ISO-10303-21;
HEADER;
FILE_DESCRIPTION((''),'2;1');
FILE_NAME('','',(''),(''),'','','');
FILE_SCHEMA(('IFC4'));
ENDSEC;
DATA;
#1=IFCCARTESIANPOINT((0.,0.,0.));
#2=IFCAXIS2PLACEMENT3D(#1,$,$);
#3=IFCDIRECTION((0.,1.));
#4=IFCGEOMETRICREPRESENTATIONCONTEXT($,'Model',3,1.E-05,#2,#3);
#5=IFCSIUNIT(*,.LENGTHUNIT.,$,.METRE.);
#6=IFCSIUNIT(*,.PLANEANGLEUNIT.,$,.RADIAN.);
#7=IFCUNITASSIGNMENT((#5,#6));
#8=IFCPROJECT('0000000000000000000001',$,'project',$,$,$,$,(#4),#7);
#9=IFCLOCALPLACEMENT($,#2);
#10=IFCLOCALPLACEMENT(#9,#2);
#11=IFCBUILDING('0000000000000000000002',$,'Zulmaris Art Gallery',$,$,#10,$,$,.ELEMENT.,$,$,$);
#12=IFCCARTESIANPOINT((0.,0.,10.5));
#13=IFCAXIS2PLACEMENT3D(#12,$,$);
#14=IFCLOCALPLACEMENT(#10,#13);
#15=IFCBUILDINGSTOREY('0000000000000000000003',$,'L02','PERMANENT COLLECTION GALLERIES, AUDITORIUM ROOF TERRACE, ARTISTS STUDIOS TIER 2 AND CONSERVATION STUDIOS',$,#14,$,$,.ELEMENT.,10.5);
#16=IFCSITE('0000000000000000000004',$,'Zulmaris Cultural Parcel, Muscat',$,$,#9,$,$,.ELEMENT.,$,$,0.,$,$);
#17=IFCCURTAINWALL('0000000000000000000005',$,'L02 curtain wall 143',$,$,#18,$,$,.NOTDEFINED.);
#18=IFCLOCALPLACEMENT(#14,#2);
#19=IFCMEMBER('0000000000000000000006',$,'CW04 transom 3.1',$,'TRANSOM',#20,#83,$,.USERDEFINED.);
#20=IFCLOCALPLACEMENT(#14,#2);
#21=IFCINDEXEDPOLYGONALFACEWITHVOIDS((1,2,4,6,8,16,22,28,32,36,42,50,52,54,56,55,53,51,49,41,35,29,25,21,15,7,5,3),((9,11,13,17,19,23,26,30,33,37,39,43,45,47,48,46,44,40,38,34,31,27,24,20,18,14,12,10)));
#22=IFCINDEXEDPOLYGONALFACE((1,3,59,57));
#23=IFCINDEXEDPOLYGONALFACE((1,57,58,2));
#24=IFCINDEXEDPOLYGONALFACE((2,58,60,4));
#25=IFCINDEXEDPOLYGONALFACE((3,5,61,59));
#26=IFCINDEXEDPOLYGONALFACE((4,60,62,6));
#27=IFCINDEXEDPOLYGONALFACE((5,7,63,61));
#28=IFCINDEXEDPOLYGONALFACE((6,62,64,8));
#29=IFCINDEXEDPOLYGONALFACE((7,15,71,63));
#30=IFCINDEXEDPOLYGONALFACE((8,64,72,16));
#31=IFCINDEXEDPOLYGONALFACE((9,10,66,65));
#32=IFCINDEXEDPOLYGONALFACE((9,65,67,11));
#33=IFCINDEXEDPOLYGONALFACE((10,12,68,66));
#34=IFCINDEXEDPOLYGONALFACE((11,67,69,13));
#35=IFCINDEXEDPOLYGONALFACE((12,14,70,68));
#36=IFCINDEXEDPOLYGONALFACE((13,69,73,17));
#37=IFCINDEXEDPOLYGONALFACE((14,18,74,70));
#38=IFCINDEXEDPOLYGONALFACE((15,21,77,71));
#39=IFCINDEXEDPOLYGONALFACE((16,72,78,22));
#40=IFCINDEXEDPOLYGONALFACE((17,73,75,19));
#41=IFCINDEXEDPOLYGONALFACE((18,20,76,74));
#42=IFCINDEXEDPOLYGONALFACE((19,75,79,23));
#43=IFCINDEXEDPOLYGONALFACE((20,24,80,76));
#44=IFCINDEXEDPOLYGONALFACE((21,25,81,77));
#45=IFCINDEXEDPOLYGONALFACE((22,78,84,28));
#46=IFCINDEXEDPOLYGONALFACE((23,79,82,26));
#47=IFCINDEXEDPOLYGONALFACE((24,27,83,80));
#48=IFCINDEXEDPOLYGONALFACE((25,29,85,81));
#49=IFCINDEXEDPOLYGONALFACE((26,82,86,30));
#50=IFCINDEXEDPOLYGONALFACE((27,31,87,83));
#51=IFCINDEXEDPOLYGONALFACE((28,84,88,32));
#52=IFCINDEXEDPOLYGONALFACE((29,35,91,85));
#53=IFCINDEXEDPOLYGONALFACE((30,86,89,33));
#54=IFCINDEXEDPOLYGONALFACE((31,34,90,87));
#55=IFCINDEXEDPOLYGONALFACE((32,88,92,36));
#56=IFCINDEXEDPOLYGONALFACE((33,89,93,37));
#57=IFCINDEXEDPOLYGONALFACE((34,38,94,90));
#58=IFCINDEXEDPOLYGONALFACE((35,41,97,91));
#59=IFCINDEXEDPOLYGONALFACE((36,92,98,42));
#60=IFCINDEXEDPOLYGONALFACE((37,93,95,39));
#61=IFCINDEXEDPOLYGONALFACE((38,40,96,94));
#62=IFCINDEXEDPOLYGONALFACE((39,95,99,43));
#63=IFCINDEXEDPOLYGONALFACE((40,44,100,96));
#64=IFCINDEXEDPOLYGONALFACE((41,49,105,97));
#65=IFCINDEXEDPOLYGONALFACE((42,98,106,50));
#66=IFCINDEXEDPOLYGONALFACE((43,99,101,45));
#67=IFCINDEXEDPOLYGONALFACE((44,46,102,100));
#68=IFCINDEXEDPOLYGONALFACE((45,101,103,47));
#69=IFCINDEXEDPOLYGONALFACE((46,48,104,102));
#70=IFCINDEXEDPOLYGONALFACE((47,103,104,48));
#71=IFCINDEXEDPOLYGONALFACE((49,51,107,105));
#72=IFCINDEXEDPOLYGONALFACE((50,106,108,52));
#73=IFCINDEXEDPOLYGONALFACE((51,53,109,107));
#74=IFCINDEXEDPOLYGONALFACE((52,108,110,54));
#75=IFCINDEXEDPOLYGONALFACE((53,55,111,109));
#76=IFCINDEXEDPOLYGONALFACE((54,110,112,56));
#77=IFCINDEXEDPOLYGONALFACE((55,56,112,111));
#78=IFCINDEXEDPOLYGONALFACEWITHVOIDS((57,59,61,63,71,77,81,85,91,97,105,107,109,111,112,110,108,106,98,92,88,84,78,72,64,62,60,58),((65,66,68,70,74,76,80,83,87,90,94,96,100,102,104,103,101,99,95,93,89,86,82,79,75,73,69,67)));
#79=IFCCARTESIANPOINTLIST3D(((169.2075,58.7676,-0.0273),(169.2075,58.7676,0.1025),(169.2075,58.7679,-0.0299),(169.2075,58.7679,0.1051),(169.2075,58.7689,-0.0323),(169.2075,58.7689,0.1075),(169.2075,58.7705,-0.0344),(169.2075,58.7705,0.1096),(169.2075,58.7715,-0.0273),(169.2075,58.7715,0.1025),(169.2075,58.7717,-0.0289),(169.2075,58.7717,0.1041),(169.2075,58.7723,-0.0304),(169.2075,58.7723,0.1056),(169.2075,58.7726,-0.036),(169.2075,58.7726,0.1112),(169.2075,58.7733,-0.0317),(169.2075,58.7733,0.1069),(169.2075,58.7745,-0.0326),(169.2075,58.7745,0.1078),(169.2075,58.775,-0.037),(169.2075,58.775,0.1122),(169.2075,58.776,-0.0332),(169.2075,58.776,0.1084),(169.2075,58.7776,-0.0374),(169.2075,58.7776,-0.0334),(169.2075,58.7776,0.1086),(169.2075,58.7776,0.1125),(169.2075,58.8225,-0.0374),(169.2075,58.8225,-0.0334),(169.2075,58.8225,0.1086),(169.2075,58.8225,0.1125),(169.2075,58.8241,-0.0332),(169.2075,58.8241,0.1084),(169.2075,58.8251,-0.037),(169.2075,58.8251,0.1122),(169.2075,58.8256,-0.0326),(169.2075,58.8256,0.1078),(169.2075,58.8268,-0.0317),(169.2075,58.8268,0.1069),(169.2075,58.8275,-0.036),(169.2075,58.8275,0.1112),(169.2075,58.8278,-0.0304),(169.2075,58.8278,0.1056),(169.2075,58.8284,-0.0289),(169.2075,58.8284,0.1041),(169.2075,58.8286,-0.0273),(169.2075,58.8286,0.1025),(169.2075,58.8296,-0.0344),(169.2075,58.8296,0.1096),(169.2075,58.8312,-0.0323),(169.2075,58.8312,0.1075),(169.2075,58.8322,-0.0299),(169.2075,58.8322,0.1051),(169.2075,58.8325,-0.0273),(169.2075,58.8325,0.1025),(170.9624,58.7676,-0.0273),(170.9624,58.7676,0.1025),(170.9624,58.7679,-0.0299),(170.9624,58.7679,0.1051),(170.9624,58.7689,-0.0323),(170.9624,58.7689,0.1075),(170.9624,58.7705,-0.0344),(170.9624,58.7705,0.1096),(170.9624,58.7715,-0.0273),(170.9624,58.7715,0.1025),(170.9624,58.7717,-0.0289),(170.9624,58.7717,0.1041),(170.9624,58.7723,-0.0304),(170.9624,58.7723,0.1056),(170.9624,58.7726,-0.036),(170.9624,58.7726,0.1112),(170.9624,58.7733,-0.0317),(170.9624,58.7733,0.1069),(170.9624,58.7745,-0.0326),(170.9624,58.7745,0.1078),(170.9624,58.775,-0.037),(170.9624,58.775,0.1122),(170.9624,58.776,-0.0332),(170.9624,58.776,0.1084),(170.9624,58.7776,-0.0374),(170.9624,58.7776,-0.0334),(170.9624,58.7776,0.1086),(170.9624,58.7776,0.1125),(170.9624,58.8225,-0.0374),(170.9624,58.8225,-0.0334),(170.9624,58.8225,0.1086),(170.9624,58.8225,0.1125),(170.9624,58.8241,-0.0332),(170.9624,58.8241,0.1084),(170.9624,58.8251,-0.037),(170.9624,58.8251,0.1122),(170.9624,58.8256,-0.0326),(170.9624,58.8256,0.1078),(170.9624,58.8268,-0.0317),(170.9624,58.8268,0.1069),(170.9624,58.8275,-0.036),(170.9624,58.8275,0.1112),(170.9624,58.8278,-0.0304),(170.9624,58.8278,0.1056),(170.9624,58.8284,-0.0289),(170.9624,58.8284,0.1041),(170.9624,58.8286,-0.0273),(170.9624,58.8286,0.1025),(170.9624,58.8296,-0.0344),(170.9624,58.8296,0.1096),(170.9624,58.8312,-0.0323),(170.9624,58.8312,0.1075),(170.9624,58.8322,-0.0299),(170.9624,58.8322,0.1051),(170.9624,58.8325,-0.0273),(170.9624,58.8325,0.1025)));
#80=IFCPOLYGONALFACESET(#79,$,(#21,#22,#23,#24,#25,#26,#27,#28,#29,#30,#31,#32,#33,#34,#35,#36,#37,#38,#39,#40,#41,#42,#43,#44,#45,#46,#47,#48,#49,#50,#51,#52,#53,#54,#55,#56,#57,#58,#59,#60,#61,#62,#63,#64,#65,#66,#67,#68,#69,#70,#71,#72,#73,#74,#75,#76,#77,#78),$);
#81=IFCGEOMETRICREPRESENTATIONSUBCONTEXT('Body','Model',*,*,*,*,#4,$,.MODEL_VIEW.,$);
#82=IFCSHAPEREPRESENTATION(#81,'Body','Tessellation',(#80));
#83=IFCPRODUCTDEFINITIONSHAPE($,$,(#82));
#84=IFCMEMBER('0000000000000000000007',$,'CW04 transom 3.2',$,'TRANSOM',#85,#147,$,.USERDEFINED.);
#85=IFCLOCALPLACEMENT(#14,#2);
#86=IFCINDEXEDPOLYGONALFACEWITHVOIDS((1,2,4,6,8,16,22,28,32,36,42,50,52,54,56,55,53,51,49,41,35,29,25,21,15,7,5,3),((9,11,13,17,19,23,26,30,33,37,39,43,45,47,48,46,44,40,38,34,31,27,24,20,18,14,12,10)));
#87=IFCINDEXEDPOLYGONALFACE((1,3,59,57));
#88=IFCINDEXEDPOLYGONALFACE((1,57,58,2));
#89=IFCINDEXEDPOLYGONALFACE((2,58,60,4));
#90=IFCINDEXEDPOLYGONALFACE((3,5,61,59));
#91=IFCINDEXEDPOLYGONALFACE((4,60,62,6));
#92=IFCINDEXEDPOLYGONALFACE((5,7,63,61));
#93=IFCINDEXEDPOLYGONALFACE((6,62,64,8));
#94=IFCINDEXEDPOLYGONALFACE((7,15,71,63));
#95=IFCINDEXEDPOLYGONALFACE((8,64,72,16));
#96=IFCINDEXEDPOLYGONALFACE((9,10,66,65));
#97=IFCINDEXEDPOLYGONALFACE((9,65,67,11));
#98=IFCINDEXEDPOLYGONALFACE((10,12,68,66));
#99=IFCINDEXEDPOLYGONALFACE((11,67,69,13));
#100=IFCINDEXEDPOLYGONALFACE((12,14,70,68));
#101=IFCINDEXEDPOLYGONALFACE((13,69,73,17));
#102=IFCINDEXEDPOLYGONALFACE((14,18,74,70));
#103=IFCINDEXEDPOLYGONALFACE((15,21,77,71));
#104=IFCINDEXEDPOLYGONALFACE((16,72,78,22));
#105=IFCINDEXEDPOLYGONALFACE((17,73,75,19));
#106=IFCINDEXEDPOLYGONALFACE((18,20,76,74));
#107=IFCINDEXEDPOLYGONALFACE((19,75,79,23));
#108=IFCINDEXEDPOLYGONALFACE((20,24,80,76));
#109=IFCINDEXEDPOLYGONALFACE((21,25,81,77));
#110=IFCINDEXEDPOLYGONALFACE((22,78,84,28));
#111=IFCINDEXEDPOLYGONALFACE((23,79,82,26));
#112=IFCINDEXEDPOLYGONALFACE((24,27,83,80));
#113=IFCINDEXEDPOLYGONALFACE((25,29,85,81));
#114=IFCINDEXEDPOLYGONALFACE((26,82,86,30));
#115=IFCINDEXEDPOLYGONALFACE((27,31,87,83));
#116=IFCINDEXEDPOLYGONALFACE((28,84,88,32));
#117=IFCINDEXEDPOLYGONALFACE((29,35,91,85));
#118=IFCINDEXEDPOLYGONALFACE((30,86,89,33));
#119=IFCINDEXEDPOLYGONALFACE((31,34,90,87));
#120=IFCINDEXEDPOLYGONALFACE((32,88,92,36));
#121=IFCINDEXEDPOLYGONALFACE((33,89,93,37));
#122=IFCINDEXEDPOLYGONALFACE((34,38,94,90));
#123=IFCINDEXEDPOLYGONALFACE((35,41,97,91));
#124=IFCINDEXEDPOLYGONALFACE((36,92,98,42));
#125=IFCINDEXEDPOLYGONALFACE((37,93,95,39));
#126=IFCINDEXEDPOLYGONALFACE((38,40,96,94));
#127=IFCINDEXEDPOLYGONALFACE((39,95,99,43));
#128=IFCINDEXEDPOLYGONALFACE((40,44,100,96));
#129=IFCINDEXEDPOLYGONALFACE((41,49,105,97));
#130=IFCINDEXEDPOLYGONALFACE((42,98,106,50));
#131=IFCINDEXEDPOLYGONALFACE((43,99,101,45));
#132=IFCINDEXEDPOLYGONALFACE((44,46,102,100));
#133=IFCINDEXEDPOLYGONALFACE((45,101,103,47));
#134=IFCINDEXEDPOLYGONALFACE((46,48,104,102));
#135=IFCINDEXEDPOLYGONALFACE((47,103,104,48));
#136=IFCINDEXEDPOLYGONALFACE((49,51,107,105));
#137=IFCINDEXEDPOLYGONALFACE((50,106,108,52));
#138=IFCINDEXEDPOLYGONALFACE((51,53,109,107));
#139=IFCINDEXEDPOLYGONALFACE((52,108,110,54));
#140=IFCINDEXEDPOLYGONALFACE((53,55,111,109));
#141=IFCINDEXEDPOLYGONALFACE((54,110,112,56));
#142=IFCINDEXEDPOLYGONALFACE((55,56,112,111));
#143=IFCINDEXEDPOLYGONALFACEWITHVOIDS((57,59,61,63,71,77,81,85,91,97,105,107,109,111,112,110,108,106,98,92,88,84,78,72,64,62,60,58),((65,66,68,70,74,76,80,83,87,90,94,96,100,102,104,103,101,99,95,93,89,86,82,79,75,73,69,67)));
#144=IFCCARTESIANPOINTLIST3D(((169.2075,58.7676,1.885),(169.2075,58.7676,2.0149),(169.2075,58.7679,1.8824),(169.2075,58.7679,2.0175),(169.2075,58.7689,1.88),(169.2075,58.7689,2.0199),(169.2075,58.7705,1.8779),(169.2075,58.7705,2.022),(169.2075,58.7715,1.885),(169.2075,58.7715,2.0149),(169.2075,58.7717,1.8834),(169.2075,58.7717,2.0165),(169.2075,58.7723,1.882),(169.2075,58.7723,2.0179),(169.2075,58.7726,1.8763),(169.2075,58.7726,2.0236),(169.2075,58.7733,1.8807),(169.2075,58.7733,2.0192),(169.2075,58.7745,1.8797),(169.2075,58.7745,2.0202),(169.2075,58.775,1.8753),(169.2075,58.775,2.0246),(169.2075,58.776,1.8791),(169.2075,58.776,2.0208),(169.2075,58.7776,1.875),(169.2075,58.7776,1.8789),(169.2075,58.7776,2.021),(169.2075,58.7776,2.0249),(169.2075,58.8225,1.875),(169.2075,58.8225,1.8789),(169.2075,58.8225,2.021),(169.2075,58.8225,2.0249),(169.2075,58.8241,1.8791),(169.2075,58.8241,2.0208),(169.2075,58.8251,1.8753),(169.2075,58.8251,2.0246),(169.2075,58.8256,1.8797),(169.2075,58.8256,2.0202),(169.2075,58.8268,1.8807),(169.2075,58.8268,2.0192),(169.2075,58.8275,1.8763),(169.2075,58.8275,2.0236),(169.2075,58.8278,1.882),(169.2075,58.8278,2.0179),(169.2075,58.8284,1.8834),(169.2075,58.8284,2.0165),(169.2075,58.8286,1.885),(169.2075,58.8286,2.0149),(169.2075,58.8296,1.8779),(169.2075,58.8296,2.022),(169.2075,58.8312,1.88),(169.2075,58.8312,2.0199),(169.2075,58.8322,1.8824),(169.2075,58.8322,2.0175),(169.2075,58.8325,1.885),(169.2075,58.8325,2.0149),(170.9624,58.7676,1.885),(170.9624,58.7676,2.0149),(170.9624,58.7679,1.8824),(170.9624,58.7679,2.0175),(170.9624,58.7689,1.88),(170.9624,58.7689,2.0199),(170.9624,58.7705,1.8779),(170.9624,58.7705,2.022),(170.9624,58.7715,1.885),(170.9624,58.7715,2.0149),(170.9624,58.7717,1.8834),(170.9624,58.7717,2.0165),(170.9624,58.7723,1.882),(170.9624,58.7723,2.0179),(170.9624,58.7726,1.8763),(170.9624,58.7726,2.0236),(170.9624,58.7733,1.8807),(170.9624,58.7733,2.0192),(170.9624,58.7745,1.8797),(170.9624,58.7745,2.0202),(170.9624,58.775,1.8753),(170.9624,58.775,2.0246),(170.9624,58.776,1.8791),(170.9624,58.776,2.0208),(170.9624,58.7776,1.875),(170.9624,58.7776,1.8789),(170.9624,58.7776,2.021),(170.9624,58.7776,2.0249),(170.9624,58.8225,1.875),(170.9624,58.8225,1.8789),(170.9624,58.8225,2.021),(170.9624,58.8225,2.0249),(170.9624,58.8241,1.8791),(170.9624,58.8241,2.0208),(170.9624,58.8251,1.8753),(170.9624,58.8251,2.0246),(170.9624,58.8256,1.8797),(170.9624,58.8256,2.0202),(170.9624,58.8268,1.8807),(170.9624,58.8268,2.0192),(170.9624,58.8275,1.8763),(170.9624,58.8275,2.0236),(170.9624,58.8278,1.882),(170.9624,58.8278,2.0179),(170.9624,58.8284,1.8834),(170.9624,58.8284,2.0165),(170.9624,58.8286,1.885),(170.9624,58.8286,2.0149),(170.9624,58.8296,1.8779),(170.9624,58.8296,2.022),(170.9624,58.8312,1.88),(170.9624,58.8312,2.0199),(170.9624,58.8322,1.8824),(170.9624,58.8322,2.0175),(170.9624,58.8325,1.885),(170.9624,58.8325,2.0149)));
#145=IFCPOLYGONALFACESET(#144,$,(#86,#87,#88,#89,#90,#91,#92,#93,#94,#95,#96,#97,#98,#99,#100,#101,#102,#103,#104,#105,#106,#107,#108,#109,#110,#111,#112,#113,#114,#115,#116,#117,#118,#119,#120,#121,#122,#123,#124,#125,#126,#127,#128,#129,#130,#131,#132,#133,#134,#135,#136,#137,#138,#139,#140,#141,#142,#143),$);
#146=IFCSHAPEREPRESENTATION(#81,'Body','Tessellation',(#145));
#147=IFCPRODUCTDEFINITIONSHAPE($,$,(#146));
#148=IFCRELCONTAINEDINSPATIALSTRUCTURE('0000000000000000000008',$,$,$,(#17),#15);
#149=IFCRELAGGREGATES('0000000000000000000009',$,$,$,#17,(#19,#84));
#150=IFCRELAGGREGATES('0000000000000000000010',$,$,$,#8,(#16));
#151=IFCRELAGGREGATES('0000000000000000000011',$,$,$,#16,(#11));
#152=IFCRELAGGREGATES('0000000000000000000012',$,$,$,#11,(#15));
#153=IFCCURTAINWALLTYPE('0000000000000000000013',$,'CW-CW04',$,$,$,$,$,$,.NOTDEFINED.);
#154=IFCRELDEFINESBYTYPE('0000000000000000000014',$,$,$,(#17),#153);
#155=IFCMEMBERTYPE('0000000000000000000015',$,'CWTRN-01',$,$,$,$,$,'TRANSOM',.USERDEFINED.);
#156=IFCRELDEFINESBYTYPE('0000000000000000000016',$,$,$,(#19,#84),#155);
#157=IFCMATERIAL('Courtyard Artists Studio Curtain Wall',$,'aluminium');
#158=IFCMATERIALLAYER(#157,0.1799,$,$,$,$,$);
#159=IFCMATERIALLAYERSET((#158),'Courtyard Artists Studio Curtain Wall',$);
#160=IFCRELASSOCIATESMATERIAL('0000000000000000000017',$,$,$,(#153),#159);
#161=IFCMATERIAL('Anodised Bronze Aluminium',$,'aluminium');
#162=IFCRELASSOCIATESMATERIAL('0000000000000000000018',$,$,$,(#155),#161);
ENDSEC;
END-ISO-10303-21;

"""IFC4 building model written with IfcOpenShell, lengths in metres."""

from ifc_helpers import new_model, si_unit, direction, frame, origin, origin_2d, place, context, subcontext, project, spatial, hollow_rectangle, extrude, material, layer, layer_set, material_profile, profile_set, type_object, element, aggregate, save


model = new_model("IFC4")

# Units and contexts
model_context = context("Model", 3, precision=1e-05, world=origin(), true_north=direction((0.0, 1.0)))
body_context = subcontext(model_context, "Body", "Model", "MODEL_VIEW")
ifc_project = project(units=[si_unit("LENGTHUNIT", "METRE"), si_unit("PLANEANGLEUNIT", "RADIAN")], contexts=[model_context])

# Site, building, storey
site_placement = place(None, origin())
site = spatial("IfcSite", under=ifc_project, at=site_placement, Name="Zulmaris Cultural Parcel, Muscat", CompositionType="ELEMENT", RefElevation=0.0)
building_placement = place(site_placement, origin())
building = spatial("IfcBuilding", under=site, at=building_placement, Name="Zulmaris Art Gallery", CompositionType="ELEMENT")
storey_placement = place(building_placement, frame((0.0, 0.0, 10.5)))
storey = spatial("IfcBuildingStorey", under=building, at=storey_placement, Name="L02", Description="PERMANENT COLLECTION GALLERIES, AUDITORIUM ROOF TERRACE, ARTISTS STUDIOS TIER 2 AND CONSERVATION STUDIOS", CompositionType="ELEMENT", Elevation=10.5)

# Curtain wall, members
ifc_material_1 = material(Name="Courtyard Artists Studio Curtain Wall", Category="aluminium")
ifc_layer_1 = layer(ifc_material_1, 0.1799)
ifc_layer_set_1 = layer_set([ifc_layer_1], Name="Courtyard Artists Studio Curtain Wall")
curtain_wall_type = type_object("IfcCurtainWallType", Name="CW-CW04", PredefinedType="NOTDEFINED", material=ifc_layer_set_1)
curtain_wall_placement = place(storey_placement, origin())
curtain_wall = element("IfcCurtainWall", 1, at=curtain_wall_placement, inside=storey, type_object=curtain_wall_type, Name="L02 curtain wall 143", PredefinedType="NOTDEFINED")
ifc_material_2 = material(Name="Anodised Bronze Aluminium", Category="aluminium")
ifc_material_profile_1 = material_profile(ifc_material_2, hollow_rectangle(XDim=0.0649, YDim=0.1499, WallThickness=0.0039, InnerFilletRadius=0.0061, OuterFilletRadius=0.01, at=origin_2d()), Name="ALU 65x150x4")
ifc_profile_set_1 = profile_set([ifc_material_profile_1], Name="Anodised Bronze Aluminium")
member_type_1 = type_object("IfcMemberType", Name="CWTRN-01", ElementType="TRANSOM", PredefinedType="USERDEFINED", material=ifc_profile_set_1)
member_1_placement = place(storey_placement, frame((170.9624, 58.8, 0.0376), z_axis=(-1.0, 0.0, 0.0), x_axis=(0.0, -1.0, 0.0)))
member_1 = element("IfcMember", 2, at=member_1_placement, type_object=member_type_1, Name="CW04 transom 3.1", ObjectType="TRANSOM", PredefinedType="USERDEFINED", context=body_context, shape_type="SweptSolid", body=[
    extrude(hollow_rectangle(XDim=0.0649, YDim=0.1499, WallThickness=0.0039, InnerFilletRadius=0.0061, OuterFilletRadius=0.01, at=origin_2d()), origin(), (0.0, 0.0, 1.0), 1.7549),
])
member_2_placement = place(storey_placement, frame((170.9624, 58.8, 1.95), z_axis=(-1.0, 0.0, 0.0), x_axis=(0.0, -1.0, 0.0)))
member_2 = element("IfcMember", 3, at=member_2_placement, type_object=member_type_1, Name="CW04 transom 3.2", ObjectType="TRANSOM", PredefinedType="USERDEFINED", context=body_context, shape_type="SweptSolid", body=[
    extrude(hollow_rectangle(XDim=0.0649, YDim=0.1499, WallThickness=0.0039, InnerFilletRadius=0.0061, OuterFilletRadius=0.01, at=origin_2d()), origin(), (0.0, 0.0, 1.0), 1.7549),
])
aggregate(curtain_wall, [member_1, member_2])

save(model, "model.ifc")
